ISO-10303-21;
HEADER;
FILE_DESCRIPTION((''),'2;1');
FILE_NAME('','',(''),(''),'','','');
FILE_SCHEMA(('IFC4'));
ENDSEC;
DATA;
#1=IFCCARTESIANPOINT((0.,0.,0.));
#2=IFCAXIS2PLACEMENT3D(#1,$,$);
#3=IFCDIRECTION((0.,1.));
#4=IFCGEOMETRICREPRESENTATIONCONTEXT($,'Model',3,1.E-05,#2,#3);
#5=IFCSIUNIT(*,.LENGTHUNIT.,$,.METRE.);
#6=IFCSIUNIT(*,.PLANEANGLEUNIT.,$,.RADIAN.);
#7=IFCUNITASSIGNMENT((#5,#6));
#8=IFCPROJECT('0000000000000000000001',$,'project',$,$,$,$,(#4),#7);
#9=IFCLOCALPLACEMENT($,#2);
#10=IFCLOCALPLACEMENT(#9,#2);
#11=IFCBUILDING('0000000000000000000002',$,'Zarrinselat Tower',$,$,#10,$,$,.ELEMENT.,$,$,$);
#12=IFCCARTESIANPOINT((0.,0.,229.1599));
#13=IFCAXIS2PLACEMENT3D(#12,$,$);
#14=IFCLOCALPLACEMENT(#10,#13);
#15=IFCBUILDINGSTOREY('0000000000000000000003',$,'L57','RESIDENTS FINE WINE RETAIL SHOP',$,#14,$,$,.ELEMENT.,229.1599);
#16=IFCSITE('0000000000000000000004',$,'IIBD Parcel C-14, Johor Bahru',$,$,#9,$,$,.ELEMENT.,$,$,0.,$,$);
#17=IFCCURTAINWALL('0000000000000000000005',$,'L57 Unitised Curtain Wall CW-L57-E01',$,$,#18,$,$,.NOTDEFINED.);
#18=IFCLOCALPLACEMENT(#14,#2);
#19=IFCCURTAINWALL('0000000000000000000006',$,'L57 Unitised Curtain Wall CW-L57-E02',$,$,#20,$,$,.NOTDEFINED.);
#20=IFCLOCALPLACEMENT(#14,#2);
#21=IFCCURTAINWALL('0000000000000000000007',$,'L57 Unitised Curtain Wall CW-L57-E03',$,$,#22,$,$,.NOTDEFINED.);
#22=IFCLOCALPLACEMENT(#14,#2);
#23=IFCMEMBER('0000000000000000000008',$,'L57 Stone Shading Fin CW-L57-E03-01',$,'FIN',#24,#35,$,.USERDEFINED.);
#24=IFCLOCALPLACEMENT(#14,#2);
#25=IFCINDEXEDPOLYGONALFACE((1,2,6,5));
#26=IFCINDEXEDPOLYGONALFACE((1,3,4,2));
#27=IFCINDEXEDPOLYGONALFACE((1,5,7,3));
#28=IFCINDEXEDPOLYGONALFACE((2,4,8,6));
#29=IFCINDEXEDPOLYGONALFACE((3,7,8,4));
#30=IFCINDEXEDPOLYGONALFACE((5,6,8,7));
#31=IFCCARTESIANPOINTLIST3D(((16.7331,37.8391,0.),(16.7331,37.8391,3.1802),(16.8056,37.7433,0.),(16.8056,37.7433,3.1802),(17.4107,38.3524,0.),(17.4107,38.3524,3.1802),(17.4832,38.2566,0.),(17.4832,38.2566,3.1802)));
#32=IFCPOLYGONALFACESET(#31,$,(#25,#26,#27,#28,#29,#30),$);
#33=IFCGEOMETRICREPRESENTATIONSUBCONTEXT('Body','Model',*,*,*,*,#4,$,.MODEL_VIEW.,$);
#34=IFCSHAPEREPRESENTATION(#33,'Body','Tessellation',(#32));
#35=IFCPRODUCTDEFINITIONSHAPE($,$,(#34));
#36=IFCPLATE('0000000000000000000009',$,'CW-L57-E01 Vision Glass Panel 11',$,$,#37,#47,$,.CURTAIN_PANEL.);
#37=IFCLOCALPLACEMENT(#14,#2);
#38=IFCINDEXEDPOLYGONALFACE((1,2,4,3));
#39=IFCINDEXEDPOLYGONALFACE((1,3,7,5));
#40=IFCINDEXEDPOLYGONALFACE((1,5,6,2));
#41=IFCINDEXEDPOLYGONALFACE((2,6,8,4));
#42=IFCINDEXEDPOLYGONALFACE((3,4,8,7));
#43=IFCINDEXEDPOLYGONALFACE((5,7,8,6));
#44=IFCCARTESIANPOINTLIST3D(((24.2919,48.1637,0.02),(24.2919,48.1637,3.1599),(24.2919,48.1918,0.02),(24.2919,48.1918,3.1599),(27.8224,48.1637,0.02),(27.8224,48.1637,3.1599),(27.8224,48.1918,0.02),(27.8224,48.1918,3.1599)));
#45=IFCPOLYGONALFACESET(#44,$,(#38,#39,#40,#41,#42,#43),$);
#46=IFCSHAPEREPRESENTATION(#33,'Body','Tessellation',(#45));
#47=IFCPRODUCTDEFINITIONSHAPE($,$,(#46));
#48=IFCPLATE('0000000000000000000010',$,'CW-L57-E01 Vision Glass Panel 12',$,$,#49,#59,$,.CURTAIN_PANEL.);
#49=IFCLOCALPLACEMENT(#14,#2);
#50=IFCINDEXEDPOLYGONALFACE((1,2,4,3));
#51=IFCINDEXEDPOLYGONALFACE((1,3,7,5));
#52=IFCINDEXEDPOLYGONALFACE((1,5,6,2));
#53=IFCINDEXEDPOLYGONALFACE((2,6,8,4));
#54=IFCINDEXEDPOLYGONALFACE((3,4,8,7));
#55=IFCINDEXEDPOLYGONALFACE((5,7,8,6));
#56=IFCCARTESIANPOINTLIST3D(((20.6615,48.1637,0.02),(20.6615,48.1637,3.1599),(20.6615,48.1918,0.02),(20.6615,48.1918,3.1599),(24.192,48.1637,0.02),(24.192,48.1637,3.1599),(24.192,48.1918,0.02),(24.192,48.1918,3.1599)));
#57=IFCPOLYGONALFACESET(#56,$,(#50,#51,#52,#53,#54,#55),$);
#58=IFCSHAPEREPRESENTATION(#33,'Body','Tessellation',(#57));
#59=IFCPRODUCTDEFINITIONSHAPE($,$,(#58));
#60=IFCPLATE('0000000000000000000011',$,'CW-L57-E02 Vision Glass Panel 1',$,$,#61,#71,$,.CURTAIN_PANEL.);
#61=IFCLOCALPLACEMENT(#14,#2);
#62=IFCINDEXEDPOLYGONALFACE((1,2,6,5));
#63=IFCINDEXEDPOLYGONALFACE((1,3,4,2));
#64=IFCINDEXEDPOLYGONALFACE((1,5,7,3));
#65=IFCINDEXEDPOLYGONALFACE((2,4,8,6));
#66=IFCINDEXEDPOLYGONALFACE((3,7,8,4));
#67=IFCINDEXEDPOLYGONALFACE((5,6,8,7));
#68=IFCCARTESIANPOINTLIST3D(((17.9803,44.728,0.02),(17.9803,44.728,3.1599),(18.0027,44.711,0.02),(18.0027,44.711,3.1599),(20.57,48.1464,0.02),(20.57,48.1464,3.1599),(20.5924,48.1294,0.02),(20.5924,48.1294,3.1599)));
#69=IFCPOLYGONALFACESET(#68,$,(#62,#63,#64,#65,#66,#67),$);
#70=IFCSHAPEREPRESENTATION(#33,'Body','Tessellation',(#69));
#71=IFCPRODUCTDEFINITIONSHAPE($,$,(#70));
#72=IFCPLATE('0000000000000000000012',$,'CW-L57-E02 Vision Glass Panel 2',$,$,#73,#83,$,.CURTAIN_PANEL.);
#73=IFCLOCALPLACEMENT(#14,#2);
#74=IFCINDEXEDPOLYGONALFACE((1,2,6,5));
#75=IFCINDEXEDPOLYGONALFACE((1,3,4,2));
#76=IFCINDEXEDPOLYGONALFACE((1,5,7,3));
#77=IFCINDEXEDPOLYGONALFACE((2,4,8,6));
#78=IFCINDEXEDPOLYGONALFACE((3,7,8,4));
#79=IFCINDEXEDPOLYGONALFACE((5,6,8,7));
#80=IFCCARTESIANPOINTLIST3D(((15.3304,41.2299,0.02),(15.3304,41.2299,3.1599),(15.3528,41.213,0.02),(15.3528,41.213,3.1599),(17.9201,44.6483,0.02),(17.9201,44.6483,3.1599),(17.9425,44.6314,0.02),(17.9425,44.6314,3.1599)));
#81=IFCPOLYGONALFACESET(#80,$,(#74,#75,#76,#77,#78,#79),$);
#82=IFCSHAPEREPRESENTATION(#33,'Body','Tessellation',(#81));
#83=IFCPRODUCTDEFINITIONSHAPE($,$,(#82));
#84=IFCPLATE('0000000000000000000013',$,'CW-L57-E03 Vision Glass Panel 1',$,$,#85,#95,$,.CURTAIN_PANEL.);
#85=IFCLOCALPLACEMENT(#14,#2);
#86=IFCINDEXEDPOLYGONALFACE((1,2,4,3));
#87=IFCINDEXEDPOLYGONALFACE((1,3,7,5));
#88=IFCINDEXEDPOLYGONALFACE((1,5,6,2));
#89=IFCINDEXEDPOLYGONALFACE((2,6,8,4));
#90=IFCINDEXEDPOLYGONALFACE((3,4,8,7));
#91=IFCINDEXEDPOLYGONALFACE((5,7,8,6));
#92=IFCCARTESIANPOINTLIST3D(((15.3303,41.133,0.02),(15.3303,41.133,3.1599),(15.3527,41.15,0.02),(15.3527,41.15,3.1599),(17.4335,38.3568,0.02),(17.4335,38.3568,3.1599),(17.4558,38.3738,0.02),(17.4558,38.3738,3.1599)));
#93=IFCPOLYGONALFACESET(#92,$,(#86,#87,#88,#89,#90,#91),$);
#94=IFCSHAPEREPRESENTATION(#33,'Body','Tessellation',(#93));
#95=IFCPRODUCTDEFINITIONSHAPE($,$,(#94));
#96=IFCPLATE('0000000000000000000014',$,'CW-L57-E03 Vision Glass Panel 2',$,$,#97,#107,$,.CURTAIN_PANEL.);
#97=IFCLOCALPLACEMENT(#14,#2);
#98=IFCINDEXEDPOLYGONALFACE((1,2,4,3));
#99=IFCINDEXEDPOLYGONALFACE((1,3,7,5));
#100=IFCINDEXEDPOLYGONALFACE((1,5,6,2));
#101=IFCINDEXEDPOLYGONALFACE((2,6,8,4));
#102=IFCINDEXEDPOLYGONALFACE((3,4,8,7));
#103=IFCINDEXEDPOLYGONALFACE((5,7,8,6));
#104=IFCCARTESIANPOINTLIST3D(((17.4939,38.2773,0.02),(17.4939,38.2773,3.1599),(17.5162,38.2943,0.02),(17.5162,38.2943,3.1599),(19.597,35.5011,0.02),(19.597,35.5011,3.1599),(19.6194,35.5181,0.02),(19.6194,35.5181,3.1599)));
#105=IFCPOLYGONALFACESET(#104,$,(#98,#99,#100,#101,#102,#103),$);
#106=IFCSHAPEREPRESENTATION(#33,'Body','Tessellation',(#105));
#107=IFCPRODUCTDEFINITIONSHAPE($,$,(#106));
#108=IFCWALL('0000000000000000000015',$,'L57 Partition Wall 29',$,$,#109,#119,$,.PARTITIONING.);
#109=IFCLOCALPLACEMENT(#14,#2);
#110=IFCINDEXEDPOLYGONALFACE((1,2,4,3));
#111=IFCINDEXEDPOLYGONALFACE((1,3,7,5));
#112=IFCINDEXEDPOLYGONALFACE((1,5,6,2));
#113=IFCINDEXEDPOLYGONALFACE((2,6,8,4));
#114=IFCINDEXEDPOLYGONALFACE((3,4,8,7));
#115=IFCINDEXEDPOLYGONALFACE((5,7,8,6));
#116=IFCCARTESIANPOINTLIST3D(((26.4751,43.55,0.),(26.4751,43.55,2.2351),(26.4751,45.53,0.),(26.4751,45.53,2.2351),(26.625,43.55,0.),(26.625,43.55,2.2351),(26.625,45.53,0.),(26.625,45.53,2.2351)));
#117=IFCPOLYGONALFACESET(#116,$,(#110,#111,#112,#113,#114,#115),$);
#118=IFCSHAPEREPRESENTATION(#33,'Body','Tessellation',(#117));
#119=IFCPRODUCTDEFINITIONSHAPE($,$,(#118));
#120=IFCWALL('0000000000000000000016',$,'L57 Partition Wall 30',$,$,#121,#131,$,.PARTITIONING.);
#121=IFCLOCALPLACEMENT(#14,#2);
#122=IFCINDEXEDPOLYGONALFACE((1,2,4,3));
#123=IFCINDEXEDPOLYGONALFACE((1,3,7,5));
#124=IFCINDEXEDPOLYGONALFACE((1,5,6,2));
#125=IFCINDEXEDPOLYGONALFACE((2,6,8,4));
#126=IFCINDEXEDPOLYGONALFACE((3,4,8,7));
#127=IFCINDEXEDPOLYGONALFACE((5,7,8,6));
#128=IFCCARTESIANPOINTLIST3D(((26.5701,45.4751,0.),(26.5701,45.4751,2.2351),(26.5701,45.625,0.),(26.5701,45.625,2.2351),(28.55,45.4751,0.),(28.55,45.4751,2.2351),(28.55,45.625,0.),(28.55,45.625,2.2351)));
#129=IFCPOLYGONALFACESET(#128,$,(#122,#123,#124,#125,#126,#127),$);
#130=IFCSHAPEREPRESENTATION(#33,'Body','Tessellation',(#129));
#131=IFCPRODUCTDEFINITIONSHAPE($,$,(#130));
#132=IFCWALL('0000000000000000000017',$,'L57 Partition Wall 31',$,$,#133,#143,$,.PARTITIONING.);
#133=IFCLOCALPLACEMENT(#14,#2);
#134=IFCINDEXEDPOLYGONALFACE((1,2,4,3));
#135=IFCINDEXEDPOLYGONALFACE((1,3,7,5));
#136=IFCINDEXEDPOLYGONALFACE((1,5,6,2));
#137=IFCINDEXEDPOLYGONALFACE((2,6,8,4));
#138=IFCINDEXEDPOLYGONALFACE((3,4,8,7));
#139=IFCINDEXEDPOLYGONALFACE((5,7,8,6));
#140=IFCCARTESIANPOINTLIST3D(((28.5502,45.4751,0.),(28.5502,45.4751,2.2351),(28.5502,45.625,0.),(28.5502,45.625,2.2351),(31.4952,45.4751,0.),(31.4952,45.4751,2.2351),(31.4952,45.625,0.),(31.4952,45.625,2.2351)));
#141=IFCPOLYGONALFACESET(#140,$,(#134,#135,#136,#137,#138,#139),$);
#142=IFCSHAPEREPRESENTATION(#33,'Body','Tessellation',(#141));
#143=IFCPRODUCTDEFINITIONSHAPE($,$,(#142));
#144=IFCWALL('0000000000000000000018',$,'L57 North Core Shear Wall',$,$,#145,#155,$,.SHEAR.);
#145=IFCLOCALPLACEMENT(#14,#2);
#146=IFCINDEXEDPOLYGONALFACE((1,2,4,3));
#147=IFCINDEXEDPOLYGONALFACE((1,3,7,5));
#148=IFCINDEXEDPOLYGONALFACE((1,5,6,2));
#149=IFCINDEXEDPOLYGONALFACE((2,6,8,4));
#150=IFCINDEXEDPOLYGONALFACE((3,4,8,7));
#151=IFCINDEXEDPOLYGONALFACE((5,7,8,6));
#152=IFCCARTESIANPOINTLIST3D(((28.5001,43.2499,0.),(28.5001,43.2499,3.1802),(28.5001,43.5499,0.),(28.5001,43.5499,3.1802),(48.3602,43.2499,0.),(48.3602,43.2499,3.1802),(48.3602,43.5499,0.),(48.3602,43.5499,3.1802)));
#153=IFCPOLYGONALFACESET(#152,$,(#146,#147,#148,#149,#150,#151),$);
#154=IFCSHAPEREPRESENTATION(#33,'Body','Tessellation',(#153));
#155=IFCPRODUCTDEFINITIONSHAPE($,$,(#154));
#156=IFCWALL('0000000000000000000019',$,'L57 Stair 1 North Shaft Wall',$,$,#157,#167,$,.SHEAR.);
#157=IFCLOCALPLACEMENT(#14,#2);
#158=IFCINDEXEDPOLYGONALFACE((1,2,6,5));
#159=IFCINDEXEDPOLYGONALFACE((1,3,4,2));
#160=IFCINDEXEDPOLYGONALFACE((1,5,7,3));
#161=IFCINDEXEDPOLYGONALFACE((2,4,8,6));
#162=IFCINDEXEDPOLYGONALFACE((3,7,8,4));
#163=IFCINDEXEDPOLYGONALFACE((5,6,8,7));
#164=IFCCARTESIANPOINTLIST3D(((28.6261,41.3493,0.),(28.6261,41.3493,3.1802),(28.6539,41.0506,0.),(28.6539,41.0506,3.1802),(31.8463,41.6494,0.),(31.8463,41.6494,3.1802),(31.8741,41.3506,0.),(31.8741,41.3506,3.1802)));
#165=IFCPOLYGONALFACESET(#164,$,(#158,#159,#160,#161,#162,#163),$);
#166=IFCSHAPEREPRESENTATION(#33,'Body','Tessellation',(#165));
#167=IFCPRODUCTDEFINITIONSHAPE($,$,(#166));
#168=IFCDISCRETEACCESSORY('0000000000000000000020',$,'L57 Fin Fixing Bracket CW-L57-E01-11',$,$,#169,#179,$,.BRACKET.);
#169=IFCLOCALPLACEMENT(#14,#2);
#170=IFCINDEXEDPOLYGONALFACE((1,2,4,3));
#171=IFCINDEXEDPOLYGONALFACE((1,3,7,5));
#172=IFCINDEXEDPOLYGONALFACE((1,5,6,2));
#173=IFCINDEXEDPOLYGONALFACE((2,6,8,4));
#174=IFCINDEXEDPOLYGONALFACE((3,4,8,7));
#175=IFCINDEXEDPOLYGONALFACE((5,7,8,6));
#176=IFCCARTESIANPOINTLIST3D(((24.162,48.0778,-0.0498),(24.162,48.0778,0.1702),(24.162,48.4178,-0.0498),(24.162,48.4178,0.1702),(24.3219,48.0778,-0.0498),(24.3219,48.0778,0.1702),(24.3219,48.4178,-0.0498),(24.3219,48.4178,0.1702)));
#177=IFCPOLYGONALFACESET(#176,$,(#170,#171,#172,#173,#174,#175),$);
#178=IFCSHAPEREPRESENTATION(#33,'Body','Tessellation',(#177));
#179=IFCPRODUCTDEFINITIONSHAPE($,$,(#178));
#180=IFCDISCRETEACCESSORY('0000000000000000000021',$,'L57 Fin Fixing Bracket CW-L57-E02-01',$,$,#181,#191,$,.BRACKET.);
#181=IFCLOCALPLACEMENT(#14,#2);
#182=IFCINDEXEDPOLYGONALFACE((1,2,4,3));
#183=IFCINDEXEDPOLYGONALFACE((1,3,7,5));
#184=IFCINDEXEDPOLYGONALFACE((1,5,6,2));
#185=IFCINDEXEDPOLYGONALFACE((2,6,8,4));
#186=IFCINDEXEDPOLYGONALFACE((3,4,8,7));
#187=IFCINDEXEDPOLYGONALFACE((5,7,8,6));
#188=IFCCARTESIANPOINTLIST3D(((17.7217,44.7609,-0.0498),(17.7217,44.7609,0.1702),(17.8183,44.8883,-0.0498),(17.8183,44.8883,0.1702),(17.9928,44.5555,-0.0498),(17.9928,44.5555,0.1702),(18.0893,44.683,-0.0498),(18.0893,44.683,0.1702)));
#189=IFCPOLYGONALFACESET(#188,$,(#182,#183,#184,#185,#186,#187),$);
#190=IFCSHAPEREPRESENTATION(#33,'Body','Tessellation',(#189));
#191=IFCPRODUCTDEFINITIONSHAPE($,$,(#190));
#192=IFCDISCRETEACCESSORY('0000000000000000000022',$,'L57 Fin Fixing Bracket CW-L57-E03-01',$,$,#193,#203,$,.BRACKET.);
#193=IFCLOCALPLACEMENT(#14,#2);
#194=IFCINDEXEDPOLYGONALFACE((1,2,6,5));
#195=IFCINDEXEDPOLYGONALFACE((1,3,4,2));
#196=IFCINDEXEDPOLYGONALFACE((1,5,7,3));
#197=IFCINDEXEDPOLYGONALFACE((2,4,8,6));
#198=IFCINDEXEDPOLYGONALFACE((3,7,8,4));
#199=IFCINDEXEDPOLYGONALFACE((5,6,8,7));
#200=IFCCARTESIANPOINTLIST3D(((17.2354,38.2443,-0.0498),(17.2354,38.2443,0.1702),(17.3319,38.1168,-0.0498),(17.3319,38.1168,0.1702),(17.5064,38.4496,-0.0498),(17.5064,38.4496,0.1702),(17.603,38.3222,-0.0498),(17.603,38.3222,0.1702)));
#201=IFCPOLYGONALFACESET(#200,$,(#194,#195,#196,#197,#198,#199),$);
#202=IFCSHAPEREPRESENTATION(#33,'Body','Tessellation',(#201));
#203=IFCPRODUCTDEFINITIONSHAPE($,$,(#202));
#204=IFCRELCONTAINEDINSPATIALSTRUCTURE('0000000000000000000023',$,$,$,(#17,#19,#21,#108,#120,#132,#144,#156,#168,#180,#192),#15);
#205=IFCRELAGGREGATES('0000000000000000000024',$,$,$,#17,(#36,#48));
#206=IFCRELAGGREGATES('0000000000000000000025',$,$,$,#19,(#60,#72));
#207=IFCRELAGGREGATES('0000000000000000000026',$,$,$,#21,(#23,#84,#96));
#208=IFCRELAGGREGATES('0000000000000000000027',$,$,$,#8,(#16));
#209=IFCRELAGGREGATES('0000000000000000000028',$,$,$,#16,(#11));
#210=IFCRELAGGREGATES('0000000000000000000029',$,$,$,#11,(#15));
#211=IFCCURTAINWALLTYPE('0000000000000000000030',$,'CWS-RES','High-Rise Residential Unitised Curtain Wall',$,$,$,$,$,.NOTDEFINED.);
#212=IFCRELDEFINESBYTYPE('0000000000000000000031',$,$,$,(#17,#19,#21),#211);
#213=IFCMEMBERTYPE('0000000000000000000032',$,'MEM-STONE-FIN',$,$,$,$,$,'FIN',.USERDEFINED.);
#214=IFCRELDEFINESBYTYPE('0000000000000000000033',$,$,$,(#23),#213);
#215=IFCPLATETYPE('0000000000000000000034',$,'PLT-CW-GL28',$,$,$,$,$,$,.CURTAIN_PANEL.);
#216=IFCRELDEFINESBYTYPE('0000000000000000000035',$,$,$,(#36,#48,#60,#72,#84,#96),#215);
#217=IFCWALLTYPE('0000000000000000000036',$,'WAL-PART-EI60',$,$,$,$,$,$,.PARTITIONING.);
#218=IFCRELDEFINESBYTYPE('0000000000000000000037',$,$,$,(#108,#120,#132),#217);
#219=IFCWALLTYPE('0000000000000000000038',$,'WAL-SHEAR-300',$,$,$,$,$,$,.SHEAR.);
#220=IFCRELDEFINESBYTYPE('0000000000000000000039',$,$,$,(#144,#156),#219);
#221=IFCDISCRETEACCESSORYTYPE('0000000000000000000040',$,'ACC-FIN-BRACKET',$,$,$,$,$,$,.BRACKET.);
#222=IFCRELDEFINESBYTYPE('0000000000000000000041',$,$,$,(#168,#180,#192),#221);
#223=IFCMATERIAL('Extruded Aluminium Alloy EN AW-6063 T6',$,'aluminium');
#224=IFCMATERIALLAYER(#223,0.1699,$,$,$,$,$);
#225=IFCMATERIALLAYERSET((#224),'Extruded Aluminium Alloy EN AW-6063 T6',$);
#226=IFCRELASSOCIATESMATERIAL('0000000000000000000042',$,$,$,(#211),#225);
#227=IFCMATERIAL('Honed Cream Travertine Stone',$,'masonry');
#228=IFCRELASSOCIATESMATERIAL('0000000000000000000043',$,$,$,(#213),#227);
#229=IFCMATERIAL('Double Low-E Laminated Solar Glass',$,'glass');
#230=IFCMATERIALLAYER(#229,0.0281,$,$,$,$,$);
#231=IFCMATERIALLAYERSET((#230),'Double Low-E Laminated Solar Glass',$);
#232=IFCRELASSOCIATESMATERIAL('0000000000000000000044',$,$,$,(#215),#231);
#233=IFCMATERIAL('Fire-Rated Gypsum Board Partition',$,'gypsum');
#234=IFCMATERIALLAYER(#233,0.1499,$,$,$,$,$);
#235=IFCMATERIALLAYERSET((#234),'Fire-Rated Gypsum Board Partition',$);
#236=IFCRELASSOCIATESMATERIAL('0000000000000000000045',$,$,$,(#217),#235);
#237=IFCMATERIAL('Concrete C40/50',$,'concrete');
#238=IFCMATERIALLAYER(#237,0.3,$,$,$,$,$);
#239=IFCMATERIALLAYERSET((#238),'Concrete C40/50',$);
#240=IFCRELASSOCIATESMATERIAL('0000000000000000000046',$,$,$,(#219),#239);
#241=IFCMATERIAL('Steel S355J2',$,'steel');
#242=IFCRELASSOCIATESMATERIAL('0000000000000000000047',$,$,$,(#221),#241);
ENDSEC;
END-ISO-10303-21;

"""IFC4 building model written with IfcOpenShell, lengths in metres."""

from ifc_helpers import new_model, si_unit, direction, frame, frame_2d, origin, origin_2d, place, context, subcontext, project, spatial, rectangle, extrude, material, layer, layer_set, material_profile, profile_set, type_object, element, aggregate, save


model = new_model("IFC4")

# Units and contexts
model_context = context("Model", 3, precision=1e-05, world=origin(), true_north=direction((0.0, 1.0)))
body_context = subcontext(model_context, "Body", "Model", "MODEL_VIEW")
ifc_project = project(units=[si_unit("LENGTHUNIT", "METRE"), si_unit("PLANEANGLEUNIT", "RADIAN")], contexts=[model_context])

# Site, building, storey
site_placement = place(None, origin())
site = spatial("IfcSite", under=ifc_project, at=site_placement, Name="IIBD Parcel C-14, Johor Bahru", CompositionType="ELEMENT", RefElevation=0.0)
building_placement = place(site_placement, origin())
building = spatial("IfcBuilding", under=site, at=building_placement, Name="Zarrinselat Tower", CompositionType="ELEMENT")
storey_placement = place(building_placement, frame((0.0, 0.0, 229.1599)))
storey = spatial("IfcBuildingStorey", under=building, at=storey_placement, Name="L57", Description="RESIDENTS FINE WINE RETAIL SHOP", CompositionType="ELEMENT", Elevation=229.1599)

# Curtain walls
ifc_material_1 = material(Name="Extruded Aluminium Alloy EN AW-6063 T6", Category="aluminium")
ifc_layer_1 = layer(ifc_material_1, 0.1699)
ifc_layer_set_1 = layer_set([ifc_layer_1], Name="Extruded Aluminium Alloy EN AW-6063 T6")
curtain_wall_type = type_object("IfcCurtainWallType", Name="CWS-RES", Description="High-Rise Residential Unitised Curtain Wall", PredefinedType="NOTDEFINED", material=ifc_layer_set_1)
curtain_wall_1_placement = place(storey_placement, origin())
curtain_wall_1 = element("IfcCurtainWall", 1, at=curtain_wall_1_placement, inside=storey, type_object=curtain_wall_type, Name="L57 Unitised Curtain Wall CW-L57-E01", PredefinedType="NOTDEFINED")
curtain_wall_2_placement = place(storey_placement, origin())
curtain_wall_2 = element("IfcCurtainWall", 2, at=curtain_wall_2_placement, inside=storey, type_object=curtain_wall_type, Name="L57 Unitised Curtain Wall CW-L57-E02", PredefinedType="NOTDEFINED")
curtain_wall_3_placement = place(storey_placement, origin())
curtain_wall_3 = element("IfcCurtainWall", 3, at=curtain_wall_3_placement, inside=storey, type_object=curtain_wall_type, Name="L57 Unitised Curtain Wall CW-L57-E03", PredefinedType="NOTDEFINED")

# Member
ifc_material_2 = material(Name="Honed Cream Travertine Stone", Category="masonry")
ifc_material_profile_1 = material_profile(ifc_material_2, rectangle(XDim=0.1201, YDim=0.8501, at=origin_2d()), Name="FIN 850x120")
ifc_profile_set_1 = profile_set([ifc_material_profile_1], Name="Honed Cream Travertine Stone")
member_type_1 = type_object("IfcMemberType", Name="MEM-STONE-FIN", ElementType="FIN", PredefinedType="USERDEFINED", material=ifc_profile_set_1)
member_1_placement = place(storey_placement, frame((17.1082, 38.0479, 0.0), z_axis=(0.0, 0.0, 1.0), x_axis=(-0.603857, 0.797092, 0.0)))
member_1 = element("IfcMember", 4, at=member_1_placement, type_object=member_type_1, Name="L57 Stone Shading Fin CW-L57-E03-01", ObjectType="FIN", PredefinedType="USERDEFINED", context=body_context, shape_type="SweptSolid", body=[
    extrude(rectangle(XDim=0.1201, YDim=0.8501, at=origin_2d()), origin(), (0.0, 0.0, 1.0), 3.1802),
])

# Plates
ifc_material_3 = material(Name="Double Low-E Laminated Solar Glass", Category="glass")
ifc_layer_2 = layer(ifc_material_3, 0.0281)
ifc_layer_set_2 = layer_set([ifc_layer_2], Name="Double Low-E Laminated Solar Glass")
plate_type = type_object("IfcPlateType", Name="PLT-CW-GL28", PredefinedType="CURTAIN_PANEL", material=ifc_layer_set_2)
plate_1_placement = place(storey_placement, frame((26.0571, 48.1777, 0.02), z_axis=(0.0, 0.0, 1.0), x_axis=(-1.0, 0.0, 0.0)))
plate_1 = element("IfcPlate", 5, at=plate_1_placement, type_object=plate_type, Name="CW-L57-E01 Vision Glass Panel 11", PredefinedType="CURTAIN_PANEL", context=body_context, shape_type="SweptSolid", body=[
    extrude(rectangle(XDim=3.5305, YDim=0.0281, at=origin_2d()), origin(), (0.0, 0.0, 1.0), 3.1399),
])
plate_2_placement = place(storey_placement, frame((22.4268, 48.1777, 0.02), z_axis=(0.0, 0.0, 1.0), x_axis=(-1.0, 0.0, 0.0)))
plate_2 = element("IfcPlate", 6, at=plate_2_placement, type_object=plate_type, Name="CW-L57-E01 Vision Glass Panel 12", PredefinedType="CURTAIN_PANEL", context=body_context, shape_type="SweptSolid", body=[
    extrude(rectangle(XDim=3.5305, YDim=0.0281, at=origin_2d()), origin(), (0.0, 0.0, 1.0), 3.1399),
])
aggregate(curtain_wall_1, [plate_1, plate_2])
plate_3_placement = place(storey_placement, frame((19.2864, 46.4287, 0.02), z_axis=(0.0, 0.0, 1.0), x_axis=(-0.603856, -0.797094, 0.0)))
plate_3 = element("IfcPlate", 7, at=plate_3_placement, type_object=plate_type, Name="CW-L57-E02 Vision Glass Panel 1", PredefinedType="CURTAIN_PANEL", context=body_context, shape_type="SweptSolid", body=[
    extrude(rectangle(XDim=4.2886, YDim=0.0281, at=origin_2d()), origin(), (0.0, 0.0, 1.0), 3.1399),
])
plate_4_placement = place(storey_placement, frame((16.6365, 42.9307, 0.02), z_axis=(0.0, 0.0, 1.0), x_axis=(-0.603856, -0.797094, 0.0)))
plate_4 = element("IfcPlate", 8, at=plate_4_placement, type_object=plate_type, Name="CW-L57-E02 Vision Glass Panel 2", PredefinedType="CURTAIN_PANEL", context=body_context, shape_type="SweptSolid", body=[
    extrude(rectangle(XDim=4.2886, YDim=0.0281, at=origin_2d()), origin(), (0.0, 0.0, 1.0), 3.1399),
])
aggregate(curtain_wall_2, [plate_3, plate_4])
plate_5_placement = place(storey_placement, frame((16.3931, 39.7534, 0.02), z_axis=(0.0, 0.0, 1.0), x_axis=(0.603857, -0.797092, 0.0)))
plate_5 = element("IfcPlate", 9, at=plate_5_placement, type_object=plate_type, Name="CW-L57-E03 Vision Glass Panel 1", PredefinedType="CURTAIN_PANEL", context=body_context, shape_type="SweptSolid", body=[
    extrude(rectangle(XDim=3.4829, YDim=0.0281, at=origin_2d()), origin(), (0.0, 0.0, 1.0), 3.1399),
])
plate_6_placement = place(storey_placement, frame((18.5566, 36.8977, 0.02), z_axis=(0.0, 0.0, 1.0), x_axis=(0.603857, -0.797092, 0.0)))
plate_6 = element("IfcPlate", 10, at=plate_6_placement, type_object=plate_type, Name="CW-L57-E03 Vision Glass Panel 2", PredefinedType="CURTAIN_PANEL", context=body_context, shape_type="SweptSolid", body=[
    extrude(rectangle(XDim=3.4829, YDim=0.0281, at=origin_2d()), origin(), (0.0, 0.0, 1.0), 3.1399),
])
aggregate(curtain_wall_3, [member_1, plate_5, plate_6])

# Walls
ifc_material_4 = material(Name="Fire-Rated Gypsum Board Partition", Category="gypsum")
ifc_layer_3 = layer(ifc_material_4, 0.1499)
ifc_layer_set_3 = layer_set([ifc_layer_3], Name="Fire-Rated Gypsum Board Partition")
wall_type_1 = type_object("IfcWallType", Name="WAL-PART-EI60", PredefinedType="PARTITIONING", material=ifc_layer_set_3)
for number, where, z_axis, x_axis, name in (
    (11, (26.55, 43.55, 0.0), (0.0, 0.0, 1.0), (0.0, 1.0, 0.0), "L57 Partition Wall 29"),
    (12, (26.5701, 45.55, 0.0), (0.0, 0.0, 1.0), (1.0, 0.0, 0.0), "L57 Partition Wall 30"),
):
    element("IfcWall", number, at=place(storey_placement, frame(where, z_axis=z_axis, x_axis=x_axis)), inside=storey, type_object=wall_type_1, Name=name, PredefinedType="PARTITIONING", context=body_context, shape_type="SweptSolid", body=[
        extrude(rectangle(XDim=1.98, YDim=0.1499, at=frame_2d((0.99, 0.0))), origin(), (0.0, 0.0, 1.0), 2.2351),
    ])
wall_1_placement = place(storey_placement, frame((28.55, 45.55, 0.0), z_axis=(0.0, 0.0, 1.0), x_axis=(1.0, 0.0, 0.0)))
element("IfcWall", 13, at=wall_1_placement, inside=storey, type_object=wall_type_1, Name="L57 Partition Wall 31", PredefinedType="PARTITIONING", context=body_context, shape_type="SweptSolid", body=[
    extrude(rectangle(XDim=2.9451, YDim=0.1499, at=frame_2d((1.4727, 0.0))), origin(), (0.0, 0.0, 1.0), 2.2351),
])
ifc_material_5 = material(Name="Concrete C40/50", Category="concrete")
ifc_layer_4 = layer(ifc_material_5, 0.3)
ifc_layer_set_4 = layer_set([ifc_layer_4], Name="Concrete C40/50")
wall_type_2 = type_object("IfcWallType", Name="WAL-SHEAR-300", PredefinedType="SHEAR", material=ifc_layer_set_4)
wall_2_placement = place(storey_placement, frame((28.5, 43.3999, 0.0), z_axis=(0.0, 0.0, 1.0), x_axis=(1.0, 0.0, 0.0)))
element("IfcWall", 14, at=wall_2_placement, inside=storey, type_object=wall_type_2, Name="L57 North Core Shear Wall", PredefinedType="SHEAR", context=body_context, shape_type="SweptSolid", body=[
    extrude(rectangle(XDim=19.8601, YDim=0.3, at=frame_2d((9.9302, 0.0))), origin(), (0.0, 0.0, 1.0), 3.1802),
])
wall_3_placement = place(storey_placement, frame((28.6399, 41.2, 0.0), z_axis=(0.0, 0.0, 1.0), x_axis=(0.995687, 0.092775, 0.0)))
element("IfcWall", 15, at=wall_3_placement, inside=storey, type_object=wall_type_2, Name="L57 Stair 1 North Shaft Wall", PredefinedType="SHEAR", context=body_context, shape_type="SweptSolid", body=[
    extrude(rectangle(XDim=3.2341, YDim=0.3, at=frame_2d((1.6172, 0.0))), origin(), (0.0, 0.0, 1.0), 3.1802),
])

# Discrete accessories
ifc_material_6 = material(Name="Steel S355J2", Category="steel")
discrete_accessory_type = type_object("IfcDiscreteAccessoryType", Name="ACC-FIN-BRACKET", PredefinedType="BRACKET", material=ifc_material_6)
for number, where, z_axis, x_axis, name in (
    (16, (24.2419, 48.2478, -0.0498), (0.0, 0.0, 1.0), (0.0, 1.0, 0.0), "L57 Fin Fixing Bracket CW-L57-E01-11"),
    (17, (17.9055, 44.7219, -0.0498), (0.0, 0.0, 1.0), (-0.797094, 0.603856, 0.0), "L57 Fin Fixing Bracket CW-L57-E02-01"),
    (18, (17.4192, 38.2832, -0.0498), (0.0, 0.0, 1.0), (-0.797092, -0.603857, 0.0), "L57 Fin Fixing Bracket CW-L57-E03-01"),
):
    element("IfcDiscreteAccessory", number, at=place(storey_placement, frame(where, z_axis=z_axis, x_axis=x_axis)), inside=storey, type_object=discrete_accessory_type, Name=name, PredefinedType="BRACKET", context=body_context, shape_type="SweptSolid", body=[
        extrude(rectangle(XDim=0.3401, YDim=0.1599, at=origin_2d()), origin(), (0.0, 0.0, 1.0), 0.22),
    ])

save(model, "model.ifc")
